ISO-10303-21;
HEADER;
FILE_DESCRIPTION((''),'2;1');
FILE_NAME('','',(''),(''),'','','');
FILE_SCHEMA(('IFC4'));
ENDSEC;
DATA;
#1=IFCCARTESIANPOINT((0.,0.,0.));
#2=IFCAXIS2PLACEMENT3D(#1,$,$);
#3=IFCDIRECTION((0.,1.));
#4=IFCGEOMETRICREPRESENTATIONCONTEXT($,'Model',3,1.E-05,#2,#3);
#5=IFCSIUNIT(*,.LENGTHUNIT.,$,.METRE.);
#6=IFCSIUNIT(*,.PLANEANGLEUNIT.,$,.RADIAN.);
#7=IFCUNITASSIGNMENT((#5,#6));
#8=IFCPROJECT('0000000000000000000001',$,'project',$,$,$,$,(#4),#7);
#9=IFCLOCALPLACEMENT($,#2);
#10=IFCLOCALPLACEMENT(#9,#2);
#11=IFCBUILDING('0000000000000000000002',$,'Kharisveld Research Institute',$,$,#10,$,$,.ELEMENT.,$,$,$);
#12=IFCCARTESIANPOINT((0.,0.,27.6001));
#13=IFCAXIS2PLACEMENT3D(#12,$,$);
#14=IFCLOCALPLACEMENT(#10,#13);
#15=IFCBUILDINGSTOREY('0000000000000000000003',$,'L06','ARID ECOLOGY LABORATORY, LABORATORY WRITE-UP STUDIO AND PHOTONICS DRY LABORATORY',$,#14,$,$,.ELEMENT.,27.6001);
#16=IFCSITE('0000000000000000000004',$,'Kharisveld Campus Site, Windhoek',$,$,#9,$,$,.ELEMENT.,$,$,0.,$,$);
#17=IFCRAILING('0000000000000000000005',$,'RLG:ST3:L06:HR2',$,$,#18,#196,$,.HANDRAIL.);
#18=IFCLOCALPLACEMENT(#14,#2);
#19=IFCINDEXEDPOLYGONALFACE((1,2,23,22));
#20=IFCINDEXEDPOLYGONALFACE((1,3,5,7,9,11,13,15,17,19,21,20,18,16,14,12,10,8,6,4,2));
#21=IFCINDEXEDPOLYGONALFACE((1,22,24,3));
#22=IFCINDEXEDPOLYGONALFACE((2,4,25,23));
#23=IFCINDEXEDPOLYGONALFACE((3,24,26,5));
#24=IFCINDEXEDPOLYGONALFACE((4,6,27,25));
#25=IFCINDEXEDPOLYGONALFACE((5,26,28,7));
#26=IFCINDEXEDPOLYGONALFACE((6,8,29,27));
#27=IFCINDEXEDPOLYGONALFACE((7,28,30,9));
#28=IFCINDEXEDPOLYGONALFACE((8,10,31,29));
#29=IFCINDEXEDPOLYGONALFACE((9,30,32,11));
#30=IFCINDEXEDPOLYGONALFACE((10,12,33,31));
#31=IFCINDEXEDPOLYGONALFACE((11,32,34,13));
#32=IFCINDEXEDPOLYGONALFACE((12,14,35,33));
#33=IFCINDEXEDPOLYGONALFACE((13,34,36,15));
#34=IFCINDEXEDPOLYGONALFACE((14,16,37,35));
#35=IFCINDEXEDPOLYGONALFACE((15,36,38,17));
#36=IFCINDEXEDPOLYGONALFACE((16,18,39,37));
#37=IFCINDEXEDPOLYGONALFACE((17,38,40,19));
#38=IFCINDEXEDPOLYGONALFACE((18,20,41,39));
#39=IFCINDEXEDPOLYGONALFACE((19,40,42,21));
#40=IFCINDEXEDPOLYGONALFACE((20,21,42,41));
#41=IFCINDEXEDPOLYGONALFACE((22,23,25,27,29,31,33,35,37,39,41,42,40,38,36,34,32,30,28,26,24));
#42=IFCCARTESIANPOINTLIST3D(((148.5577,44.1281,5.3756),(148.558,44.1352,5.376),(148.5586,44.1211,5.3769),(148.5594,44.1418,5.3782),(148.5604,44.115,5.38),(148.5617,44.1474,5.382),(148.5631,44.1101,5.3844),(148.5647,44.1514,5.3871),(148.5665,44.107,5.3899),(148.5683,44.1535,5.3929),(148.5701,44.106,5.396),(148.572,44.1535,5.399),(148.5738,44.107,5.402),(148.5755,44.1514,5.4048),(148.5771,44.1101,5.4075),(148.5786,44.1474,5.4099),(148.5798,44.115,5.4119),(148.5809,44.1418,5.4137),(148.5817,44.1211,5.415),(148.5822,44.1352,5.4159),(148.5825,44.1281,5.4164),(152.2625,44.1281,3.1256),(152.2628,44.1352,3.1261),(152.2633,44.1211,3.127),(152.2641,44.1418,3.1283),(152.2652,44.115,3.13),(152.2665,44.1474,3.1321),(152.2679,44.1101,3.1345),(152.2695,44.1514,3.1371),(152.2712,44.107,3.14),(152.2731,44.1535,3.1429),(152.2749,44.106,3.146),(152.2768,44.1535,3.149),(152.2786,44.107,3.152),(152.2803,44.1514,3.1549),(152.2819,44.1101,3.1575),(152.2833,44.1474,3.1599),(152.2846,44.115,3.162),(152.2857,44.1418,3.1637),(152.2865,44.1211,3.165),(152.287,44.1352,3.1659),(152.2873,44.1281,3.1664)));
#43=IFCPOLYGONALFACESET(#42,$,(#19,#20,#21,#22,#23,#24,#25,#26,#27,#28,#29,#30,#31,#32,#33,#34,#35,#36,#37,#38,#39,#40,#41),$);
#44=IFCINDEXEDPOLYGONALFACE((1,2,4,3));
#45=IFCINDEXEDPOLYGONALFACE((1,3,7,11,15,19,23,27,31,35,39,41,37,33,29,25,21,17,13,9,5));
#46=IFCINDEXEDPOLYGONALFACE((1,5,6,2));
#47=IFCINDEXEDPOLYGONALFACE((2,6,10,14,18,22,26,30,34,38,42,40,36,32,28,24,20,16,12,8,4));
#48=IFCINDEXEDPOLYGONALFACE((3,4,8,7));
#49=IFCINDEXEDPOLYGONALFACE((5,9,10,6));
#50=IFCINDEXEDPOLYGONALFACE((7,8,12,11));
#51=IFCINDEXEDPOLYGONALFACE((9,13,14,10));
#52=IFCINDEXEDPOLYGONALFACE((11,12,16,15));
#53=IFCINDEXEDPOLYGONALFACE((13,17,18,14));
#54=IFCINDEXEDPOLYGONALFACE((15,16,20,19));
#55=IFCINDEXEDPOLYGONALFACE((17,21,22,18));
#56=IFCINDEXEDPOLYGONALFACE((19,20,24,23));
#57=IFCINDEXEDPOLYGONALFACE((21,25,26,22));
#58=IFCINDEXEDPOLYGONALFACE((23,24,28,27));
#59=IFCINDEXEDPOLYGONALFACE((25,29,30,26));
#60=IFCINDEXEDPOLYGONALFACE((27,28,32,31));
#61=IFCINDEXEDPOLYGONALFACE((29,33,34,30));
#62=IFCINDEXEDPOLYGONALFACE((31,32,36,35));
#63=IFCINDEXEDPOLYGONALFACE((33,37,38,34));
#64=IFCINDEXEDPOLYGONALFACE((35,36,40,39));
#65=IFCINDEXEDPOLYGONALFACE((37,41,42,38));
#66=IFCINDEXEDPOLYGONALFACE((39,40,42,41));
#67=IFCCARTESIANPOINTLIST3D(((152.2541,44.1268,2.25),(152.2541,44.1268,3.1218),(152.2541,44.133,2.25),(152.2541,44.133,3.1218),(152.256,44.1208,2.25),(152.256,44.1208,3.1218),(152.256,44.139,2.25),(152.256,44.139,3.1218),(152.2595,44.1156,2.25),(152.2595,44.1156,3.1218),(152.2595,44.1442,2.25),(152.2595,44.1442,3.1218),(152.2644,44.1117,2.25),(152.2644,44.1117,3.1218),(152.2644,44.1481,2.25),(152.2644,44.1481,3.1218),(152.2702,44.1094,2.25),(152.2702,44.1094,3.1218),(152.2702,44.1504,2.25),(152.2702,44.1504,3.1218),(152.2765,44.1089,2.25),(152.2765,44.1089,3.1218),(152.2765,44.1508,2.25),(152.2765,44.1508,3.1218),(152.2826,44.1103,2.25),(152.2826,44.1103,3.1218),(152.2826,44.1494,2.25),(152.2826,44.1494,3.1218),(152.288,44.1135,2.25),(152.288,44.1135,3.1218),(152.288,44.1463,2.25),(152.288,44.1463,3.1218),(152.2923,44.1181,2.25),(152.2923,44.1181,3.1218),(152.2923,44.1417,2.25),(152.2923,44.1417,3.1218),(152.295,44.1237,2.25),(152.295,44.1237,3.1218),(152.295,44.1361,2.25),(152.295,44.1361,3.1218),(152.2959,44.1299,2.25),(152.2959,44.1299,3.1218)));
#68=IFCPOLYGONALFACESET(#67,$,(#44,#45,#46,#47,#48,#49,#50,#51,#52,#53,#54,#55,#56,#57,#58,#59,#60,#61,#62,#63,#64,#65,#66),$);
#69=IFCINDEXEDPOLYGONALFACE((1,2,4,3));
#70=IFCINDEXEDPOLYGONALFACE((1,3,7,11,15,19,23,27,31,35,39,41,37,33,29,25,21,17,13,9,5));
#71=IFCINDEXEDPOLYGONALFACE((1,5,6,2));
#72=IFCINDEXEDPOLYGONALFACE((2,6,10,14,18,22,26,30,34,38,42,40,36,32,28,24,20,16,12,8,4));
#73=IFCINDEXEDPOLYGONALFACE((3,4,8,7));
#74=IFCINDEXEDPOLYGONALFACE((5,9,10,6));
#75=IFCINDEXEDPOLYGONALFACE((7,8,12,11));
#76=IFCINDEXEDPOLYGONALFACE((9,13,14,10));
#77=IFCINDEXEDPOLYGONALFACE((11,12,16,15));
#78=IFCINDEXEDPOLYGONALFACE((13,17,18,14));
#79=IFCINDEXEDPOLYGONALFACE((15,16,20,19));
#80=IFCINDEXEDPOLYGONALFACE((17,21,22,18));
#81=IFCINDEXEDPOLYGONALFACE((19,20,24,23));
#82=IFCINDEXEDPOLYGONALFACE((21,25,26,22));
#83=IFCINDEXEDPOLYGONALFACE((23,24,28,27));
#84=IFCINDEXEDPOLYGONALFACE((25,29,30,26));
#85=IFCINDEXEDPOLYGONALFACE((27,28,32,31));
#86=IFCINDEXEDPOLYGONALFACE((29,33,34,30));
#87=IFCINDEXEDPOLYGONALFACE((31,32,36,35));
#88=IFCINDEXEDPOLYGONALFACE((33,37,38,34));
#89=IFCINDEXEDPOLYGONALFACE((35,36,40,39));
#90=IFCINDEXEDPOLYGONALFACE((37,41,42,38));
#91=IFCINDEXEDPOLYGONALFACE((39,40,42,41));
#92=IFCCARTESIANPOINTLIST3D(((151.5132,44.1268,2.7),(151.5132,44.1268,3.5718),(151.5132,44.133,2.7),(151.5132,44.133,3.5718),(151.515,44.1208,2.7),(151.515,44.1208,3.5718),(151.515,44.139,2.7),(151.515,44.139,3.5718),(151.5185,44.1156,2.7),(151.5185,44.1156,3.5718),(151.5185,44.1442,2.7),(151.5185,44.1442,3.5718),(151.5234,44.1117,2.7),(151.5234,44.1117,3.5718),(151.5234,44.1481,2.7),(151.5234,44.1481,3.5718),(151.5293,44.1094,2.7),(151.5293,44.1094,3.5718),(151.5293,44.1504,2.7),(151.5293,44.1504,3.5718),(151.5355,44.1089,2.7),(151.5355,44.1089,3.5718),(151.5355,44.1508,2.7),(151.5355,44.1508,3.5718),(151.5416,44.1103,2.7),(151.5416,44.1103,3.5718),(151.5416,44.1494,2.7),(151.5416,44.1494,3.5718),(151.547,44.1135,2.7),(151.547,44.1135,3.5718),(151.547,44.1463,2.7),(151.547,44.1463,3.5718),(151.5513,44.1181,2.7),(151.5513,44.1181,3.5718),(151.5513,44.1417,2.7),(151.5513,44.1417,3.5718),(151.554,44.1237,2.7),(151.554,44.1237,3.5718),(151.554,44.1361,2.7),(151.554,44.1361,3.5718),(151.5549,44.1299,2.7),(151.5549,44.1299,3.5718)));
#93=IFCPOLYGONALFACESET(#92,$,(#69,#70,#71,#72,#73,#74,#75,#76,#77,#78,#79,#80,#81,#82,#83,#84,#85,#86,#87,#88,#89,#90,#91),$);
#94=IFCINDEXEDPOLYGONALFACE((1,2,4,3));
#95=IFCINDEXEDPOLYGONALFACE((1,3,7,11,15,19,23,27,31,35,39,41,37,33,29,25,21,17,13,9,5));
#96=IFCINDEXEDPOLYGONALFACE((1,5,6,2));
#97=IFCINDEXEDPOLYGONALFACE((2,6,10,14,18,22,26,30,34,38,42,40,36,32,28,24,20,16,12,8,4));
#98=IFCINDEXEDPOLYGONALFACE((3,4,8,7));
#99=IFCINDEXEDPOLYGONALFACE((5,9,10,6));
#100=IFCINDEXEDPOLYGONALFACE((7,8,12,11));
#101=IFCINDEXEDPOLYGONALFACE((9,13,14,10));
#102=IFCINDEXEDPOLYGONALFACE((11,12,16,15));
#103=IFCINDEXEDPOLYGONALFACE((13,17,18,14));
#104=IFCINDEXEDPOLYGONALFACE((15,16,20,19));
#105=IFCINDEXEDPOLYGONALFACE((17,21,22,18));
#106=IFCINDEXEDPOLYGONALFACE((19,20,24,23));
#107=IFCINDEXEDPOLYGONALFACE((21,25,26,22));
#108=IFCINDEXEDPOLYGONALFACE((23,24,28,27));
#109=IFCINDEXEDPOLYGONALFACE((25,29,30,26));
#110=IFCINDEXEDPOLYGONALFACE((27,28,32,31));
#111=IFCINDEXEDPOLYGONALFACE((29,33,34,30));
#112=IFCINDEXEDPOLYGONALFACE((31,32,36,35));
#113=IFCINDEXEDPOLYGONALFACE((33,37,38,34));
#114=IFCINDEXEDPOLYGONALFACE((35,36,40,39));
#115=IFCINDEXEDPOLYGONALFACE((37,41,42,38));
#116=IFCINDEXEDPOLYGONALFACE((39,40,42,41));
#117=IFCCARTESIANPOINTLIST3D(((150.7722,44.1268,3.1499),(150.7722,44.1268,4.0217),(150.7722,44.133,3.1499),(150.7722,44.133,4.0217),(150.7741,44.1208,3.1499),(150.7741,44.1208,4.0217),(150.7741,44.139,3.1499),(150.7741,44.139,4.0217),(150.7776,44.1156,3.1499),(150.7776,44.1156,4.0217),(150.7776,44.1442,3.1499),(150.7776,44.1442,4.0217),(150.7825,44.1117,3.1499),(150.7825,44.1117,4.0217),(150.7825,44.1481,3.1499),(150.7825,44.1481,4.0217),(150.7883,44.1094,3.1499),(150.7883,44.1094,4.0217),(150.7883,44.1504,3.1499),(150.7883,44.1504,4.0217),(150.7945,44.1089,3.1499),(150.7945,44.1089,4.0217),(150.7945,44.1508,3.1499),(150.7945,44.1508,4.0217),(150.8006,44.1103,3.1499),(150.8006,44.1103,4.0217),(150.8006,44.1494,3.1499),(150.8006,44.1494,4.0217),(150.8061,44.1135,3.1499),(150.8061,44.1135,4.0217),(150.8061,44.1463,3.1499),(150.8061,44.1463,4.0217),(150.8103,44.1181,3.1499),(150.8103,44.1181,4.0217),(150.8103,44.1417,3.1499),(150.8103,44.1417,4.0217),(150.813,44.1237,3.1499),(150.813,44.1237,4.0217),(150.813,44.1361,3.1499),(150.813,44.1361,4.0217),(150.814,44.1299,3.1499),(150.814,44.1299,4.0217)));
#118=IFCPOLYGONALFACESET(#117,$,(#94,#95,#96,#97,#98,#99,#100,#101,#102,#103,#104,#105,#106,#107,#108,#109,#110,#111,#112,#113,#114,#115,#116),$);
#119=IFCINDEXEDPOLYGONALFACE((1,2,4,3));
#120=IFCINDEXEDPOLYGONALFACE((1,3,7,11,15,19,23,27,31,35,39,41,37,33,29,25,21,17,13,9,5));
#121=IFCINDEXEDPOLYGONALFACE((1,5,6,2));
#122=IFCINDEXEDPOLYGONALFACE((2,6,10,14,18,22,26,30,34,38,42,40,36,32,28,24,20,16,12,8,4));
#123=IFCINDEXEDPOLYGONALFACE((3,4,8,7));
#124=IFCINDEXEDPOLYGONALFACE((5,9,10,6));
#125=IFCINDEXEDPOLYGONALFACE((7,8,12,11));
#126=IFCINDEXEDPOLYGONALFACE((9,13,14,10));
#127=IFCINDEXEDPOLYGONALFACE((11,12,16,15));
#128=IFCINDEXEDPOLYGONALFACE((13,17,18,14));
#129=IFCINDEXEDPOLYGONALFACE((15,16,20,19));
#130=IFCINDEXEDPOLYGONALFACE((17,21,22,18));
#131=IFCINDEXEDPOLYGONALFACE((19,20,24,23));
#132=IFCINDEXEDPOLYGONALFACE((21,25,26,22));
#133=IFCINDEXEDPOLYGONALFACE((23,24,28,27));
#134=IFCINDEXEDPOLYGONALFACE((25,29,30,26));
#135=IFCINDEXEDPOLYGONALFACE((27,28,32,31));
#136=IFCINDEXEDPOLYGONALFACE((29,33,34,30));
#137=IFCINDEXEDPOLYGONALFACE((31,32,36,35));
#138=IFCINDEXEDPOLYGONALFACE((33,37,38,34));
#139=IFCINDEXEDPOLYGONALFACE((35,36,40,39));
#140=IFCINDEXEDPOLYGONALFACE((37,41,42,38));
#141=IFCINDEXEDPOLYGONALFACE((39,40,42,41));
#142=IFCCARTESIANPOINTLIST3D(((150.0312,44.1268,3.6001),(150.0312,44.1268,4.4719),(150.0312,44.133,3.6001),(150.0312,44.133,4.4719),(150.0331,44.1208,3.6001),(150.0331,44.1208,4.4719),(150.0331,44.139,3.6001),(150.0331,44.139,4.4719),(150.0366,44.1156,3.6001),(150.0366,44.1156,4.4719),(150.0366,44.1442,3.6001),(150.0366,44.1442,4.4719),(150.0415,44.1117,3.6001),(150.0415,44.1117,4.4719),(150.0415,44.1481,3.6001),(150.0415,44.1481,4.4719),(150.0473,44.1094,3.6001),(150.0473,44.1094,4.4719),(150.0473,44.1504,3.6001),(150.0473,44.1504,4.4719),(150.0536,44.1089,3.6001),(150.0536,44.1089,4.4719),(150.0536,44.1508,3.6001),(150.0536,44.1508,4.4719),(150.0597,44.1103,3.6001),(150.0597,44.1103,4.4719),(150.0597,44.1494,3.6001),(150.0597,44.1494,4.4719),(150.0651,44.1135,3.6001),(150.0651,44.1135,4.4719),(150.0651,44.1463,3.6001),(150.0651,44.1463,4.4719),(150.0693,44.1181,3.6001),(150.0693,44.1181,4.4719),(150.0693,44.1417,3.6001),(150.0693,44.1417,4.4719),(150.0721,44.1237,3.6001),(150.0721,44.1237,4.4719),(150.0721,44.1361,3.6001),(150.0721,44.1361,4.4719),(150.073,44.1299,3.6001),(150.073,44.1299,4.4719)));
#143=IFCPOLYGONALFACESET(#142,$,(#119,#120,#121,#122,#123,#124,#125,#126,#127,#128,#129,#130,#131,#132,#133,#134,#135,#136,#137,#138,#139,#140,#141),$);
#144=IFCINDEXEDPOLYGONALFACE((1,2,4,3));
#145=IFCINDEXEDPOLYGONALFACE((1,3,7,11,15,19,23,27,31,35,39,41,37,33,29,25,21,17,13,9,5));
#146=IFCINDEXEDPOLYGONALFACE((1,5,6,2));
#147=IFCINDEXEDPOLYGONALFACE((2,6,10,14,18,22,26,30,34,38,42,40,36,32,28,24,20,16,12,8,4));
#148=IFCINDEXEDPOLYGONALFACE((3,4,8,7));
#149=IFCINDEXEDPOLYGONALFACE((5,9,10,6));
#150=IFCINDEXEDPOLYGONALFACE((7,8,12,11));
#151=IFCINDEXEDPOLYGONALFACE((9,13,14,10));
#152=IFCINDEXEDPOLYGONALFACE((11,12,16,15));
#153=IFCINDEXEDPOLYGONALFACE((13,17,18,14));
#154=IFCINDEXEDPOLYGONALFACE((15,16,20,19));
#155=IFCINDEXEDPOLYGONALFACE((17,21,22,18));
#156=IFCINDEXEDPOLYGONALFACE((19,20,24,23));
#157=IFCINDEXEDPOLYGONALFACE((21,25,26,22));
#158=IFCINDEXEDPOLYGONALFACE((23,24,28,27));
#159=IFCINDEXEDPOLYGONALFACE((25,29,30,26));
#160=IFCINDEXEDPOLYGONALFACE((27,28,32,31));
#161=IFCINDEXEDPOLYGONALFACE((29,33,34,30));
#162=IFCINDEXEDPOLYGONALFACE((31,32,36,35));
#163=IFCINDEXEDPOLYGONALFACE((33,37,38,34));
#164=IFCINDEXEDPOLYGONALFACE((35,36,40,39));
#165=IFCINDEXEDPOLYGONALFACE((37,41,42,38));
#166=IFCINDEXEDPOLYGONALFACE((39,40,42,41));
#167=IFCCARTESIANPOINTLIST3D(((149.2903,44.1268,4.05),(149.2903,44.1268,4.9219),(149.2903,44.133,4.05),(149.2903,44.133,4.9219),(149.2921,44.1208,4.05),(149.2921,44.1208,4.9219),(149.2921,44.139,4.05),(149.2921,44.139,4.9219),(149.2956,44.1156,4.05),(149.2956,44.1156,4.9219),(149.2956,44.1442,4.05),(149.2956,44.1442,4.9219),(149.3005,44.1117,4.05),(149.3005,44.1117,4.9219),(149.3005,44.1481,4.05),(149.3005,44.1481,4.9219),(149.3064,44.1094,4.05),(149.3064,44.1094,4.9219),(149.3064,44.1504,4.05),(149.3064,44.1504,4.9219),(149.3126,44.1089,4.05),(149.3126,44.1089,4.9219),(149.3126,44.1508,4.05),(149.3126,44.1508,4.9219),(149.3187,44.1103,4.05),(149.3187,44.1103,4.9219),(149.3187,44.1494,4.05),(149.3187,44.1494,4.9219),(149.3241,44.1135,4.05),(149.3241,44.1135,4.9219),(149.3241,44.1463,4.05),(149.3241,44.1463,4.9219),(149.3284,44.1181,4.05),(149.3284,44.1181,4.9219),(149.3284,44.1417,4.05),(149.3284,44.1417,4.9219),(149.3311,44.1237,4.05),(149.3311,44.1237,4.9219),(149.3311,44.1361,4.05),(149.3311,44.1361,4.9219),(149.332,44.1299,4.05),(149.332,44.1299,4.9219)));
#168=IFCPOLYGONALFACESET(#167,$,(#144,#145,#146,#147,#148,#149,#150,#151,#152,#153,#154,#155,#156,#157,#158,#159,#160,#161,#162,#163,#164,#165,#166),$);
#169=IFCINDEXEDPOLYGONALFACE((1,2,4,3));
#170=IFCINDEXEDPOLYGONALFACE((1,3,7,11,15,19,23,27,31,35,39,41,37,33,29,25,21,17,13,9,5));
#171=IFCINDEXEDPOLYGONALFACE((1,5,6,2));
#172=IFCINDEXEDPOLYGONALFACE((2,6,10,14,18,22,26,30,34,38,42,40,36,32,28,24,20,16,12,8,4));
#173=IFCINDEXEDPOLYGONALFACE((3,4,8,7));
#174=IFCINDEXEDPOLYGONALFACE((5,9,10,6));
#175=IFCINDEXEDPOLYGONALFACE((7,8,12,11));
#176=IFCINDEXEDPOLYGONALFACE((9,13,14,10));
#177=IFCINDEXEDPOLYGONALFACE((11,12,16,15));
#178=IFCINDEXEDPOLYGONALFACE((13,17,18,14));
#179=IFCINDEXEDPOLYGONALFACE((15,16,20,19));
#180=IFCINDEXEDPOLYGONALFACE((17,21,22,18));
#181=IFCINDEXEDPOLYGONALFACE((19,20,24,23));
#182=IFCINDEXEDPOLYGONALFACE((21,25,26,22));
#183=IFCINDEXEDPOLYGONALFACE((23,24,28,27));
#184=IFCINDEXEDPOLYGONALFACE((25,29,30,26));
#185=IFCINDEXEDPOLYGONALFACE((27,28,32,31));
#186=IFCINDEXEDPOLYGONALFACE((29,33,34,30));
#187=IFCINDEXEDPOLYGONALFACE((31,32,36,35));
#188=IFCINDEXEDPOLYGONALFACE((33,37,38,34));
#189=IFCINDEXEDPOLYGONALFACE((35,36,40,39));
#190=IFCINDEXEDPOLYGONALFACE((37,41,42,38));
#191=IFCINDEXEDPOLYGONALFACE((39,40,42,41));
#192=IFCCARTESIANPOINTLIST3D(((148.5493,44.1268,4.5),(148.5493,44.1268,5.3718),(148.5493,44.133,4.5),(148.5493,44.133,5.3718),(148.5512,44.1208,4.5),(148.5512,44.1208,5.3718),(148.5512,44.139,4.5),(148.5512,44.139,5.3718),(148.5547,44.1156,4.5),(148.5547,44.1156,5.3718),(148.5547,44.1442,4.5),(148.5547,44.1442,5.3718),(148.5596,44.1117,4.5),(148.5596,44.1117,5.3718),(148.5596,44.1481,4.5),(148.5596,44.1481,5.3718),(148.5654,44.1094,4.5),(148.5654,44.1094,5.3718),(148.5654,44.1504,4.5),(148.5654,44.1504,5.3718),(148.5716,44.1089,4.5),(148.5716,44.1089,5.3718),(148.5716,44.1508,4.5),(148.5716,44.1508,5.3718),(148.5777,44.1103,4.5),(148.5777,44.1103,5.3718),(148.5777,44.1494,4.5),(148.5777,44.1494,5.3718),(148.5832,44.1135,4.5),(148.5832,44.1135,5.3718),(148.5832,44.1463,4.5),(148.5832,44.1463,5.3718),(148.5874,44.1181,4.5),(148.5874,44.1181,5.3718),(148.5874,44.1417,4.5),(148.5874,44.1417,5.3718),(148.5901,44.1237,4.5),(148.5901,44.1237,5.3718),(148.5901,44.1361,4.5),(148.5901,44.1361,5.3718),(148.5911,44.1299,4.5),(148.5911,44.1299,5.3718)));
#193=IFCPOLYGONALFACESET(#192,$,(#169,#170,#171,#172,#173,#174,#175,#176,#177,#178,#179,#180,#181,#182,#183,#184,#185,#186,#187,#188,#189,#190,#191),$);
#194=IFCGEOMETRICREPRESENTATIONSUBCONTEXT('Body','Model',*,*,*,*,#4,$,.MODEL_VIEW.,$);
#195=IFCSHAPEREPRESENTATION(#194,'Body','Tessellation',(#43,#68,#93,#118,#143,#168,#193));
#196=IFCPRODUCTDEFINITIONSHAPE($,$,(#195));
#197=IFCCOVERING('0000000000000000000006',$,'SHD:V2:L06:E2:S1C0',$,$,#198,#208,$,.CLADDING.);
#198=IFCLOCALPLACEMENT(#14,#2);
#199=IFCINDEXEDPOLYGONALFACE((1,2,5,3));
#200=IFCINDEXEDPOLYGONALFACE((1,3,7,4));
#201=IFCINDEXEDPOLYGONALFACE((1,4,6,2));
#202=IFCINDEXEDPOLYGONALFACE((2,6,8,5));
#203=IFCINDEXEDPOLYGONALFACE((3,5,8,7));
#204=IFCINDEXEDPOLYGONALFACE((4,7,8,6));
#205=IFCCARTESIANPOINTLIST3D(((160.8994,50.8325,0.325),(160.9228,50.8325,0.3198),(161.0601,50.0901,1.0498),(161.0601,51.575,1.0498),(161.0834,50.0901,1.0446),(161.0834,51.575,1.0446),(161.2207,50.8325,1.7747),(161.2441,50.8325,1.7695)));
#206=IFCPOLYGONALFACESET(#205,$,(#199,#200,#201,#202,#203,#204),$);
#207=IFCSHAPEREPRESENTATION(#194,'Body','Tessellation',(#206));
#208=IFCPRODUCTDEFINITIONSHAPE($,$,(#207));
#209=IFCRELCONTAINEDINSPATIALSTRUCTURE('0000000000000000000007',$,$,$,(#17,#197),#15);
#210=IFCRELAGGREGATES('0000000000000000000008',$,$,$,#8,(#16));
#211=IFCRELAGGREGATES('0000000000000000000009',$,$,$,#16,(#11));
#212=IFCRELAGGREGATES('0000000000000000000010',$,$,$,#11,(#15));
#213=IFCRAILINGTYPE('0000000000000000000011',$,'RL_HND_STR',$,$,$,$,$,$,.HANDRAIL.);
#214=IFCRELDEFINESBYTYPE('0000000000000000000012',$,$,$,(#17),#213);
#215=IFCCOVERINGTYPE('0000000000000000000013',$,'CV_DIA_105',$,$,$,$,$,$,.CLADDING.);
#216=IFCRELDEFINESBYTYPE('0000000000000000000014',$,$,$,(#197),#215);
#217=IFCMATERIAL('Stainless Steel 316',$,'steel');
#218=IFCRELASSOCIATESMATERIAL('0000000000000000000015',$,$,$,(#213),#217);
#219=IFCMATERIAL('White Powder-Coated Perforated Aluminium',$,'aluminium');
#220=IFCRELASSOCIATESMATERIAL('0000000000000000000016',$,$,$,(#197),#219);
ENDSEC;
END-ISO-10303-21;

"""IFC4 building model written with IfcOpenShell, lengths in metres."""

from ifc_helpers import new_model, si_unit, direction, frame, origin, origin_2d, place, context, subcontext, project, spatial, polyline, circle, outline, extrude, material, type_object, element, save


model = new_model("IFC4")

# Units and contexts
model_context = context("Model", 3, precision=1e-05, world=origin(), true_north=direction((0.0, 1.0)))
body_context = subcontext(model_context, "Body", "Model", "MODEL_VIEW")
ifc_project = project(units=[si_unit("LENGTHUNIT", "METRE"), si_unit("PLANEANGLEUNIT", "RADIAN")], contexts=[model_context])

# Site, building, storey
site_placement = place(None, origin())
site = spatial("IfcSite", under=ifc_project, at=site_placement, Name="Kharisveld Campus Site, Windhoek", CompositionType="ELEMENT", RefElevation=0.0)
building_placement = place(site_placement, origin())
building = spatial("IfcBuilding", under=site, at=building_placement, Name="Kharisveld Research Institute", CompositionType="ELEMENT")
storey_placement = place(building_placement, frame((0.0, 0.0, 27.6001)))
storey = spatial("IfcBuildingStorey", under=building, at=storey_placement, Name="L06", Description="ARID ECOLOGY LABORATORY, LABORATORY WRITE-UP STUDIO AND PHOTONICS DRY LABORATORY", CompositionType="ELEMENT", Elevation=27.6001)

# Railing
ifc_material_1 = material(Name="Stainless Steel 316", Category="steel")
railing_type = type_object("IfcRailingType", Name="RL_HND_STR", PredefinedType="HANDRAIL", material=ifc_material_1)
railing_placement = place(storey_placement, frame((152.2749, 44.1299, 2.25)))
element("IfcRailing", 1, at=railing_placement, inside=storey, type_object=railing_type, Name="RLG:ST3:L06:HR2", PredefinedType="HANDRAIL", context=body_context, shape_type="SweptSolid", body=[
    extrude(circle(Radius=0.0239, at=origin_2d()), frame((0.0, 0.0, 0.896), z_axis=(-0.854722, 0.0, 0.519085), x_axis=(0.0, -1.0, 0.0)), (0.0, 0.0, 1.0), 4.3345),
    extrude(circle(Radius=0.021, at=origin_2d()), origin(), (0.0, 0.0, 1.0), 0.8718),
    extrude(circle(Radius=0.021, at=origin_2d()), frame((-0.741, 0.0, 0.45)), (0.0, 0.0, 1.0), 0.8718),
    extrude(circle(Radius=0.021, at=origin_2d()), frame((-1.4819, 0.0, 0.8999)), (0.0, 0.0, 1.0), 0.8718),
    extrude(circle(Radius=0.021, at=origin_2d()), frame((-2.2229, 0.0, 1.3501)), (0.0, 0.0, 1.0), 0.8718),
    extrude(circle(Radius=0.021, at=origin_2d()), frame((-2.9639, 0.0, 1.8)), (0.0, 0.0, 1.0), 0.8718),
    extrude(circle(Radius=0.021, at=origin_2d()), frame((-3.7048, 0.0, 2.25)), (0.0, 0.0, 1.0), 0.8718),
])

# Covering
ifc_material_2 = material(Name="White Powder-Coated Perforated Aluminium", Category="aluminium")
covering_type = type_object("IfcCoveringType", Name="CV_DIA_105", PredefinedType="CLADDING")
for number, where, z_axis, x_axis, name in (
    (2, (160.8994, 50.8325, 0.325), (-0.976311, 0.0, 0.216373), (0.153, -0.707102, 0.69036), "SHD:V2:L06:E2:S1C0"),
):
    element("IfcCovering", number, at=place(storey_placement, frame(where, z_axis=z_axis, x_axis=x_axis)), inside=storey, type_object=covering_type, material=ifc_material_2, Name=name, PredefinedType="CLADDING", context=body_context, shape_type="SweptSolid", body=[
        extrude(outline(polyline([(0.0, 0.0), (1.05, 0.0), (1.05, 1.05), (0.0, 1.05), (0.0, 0.0)])), origin(), (0.0, 0.0, -1.0), 0.0239),
    ])

save(model, "model.ifc")
